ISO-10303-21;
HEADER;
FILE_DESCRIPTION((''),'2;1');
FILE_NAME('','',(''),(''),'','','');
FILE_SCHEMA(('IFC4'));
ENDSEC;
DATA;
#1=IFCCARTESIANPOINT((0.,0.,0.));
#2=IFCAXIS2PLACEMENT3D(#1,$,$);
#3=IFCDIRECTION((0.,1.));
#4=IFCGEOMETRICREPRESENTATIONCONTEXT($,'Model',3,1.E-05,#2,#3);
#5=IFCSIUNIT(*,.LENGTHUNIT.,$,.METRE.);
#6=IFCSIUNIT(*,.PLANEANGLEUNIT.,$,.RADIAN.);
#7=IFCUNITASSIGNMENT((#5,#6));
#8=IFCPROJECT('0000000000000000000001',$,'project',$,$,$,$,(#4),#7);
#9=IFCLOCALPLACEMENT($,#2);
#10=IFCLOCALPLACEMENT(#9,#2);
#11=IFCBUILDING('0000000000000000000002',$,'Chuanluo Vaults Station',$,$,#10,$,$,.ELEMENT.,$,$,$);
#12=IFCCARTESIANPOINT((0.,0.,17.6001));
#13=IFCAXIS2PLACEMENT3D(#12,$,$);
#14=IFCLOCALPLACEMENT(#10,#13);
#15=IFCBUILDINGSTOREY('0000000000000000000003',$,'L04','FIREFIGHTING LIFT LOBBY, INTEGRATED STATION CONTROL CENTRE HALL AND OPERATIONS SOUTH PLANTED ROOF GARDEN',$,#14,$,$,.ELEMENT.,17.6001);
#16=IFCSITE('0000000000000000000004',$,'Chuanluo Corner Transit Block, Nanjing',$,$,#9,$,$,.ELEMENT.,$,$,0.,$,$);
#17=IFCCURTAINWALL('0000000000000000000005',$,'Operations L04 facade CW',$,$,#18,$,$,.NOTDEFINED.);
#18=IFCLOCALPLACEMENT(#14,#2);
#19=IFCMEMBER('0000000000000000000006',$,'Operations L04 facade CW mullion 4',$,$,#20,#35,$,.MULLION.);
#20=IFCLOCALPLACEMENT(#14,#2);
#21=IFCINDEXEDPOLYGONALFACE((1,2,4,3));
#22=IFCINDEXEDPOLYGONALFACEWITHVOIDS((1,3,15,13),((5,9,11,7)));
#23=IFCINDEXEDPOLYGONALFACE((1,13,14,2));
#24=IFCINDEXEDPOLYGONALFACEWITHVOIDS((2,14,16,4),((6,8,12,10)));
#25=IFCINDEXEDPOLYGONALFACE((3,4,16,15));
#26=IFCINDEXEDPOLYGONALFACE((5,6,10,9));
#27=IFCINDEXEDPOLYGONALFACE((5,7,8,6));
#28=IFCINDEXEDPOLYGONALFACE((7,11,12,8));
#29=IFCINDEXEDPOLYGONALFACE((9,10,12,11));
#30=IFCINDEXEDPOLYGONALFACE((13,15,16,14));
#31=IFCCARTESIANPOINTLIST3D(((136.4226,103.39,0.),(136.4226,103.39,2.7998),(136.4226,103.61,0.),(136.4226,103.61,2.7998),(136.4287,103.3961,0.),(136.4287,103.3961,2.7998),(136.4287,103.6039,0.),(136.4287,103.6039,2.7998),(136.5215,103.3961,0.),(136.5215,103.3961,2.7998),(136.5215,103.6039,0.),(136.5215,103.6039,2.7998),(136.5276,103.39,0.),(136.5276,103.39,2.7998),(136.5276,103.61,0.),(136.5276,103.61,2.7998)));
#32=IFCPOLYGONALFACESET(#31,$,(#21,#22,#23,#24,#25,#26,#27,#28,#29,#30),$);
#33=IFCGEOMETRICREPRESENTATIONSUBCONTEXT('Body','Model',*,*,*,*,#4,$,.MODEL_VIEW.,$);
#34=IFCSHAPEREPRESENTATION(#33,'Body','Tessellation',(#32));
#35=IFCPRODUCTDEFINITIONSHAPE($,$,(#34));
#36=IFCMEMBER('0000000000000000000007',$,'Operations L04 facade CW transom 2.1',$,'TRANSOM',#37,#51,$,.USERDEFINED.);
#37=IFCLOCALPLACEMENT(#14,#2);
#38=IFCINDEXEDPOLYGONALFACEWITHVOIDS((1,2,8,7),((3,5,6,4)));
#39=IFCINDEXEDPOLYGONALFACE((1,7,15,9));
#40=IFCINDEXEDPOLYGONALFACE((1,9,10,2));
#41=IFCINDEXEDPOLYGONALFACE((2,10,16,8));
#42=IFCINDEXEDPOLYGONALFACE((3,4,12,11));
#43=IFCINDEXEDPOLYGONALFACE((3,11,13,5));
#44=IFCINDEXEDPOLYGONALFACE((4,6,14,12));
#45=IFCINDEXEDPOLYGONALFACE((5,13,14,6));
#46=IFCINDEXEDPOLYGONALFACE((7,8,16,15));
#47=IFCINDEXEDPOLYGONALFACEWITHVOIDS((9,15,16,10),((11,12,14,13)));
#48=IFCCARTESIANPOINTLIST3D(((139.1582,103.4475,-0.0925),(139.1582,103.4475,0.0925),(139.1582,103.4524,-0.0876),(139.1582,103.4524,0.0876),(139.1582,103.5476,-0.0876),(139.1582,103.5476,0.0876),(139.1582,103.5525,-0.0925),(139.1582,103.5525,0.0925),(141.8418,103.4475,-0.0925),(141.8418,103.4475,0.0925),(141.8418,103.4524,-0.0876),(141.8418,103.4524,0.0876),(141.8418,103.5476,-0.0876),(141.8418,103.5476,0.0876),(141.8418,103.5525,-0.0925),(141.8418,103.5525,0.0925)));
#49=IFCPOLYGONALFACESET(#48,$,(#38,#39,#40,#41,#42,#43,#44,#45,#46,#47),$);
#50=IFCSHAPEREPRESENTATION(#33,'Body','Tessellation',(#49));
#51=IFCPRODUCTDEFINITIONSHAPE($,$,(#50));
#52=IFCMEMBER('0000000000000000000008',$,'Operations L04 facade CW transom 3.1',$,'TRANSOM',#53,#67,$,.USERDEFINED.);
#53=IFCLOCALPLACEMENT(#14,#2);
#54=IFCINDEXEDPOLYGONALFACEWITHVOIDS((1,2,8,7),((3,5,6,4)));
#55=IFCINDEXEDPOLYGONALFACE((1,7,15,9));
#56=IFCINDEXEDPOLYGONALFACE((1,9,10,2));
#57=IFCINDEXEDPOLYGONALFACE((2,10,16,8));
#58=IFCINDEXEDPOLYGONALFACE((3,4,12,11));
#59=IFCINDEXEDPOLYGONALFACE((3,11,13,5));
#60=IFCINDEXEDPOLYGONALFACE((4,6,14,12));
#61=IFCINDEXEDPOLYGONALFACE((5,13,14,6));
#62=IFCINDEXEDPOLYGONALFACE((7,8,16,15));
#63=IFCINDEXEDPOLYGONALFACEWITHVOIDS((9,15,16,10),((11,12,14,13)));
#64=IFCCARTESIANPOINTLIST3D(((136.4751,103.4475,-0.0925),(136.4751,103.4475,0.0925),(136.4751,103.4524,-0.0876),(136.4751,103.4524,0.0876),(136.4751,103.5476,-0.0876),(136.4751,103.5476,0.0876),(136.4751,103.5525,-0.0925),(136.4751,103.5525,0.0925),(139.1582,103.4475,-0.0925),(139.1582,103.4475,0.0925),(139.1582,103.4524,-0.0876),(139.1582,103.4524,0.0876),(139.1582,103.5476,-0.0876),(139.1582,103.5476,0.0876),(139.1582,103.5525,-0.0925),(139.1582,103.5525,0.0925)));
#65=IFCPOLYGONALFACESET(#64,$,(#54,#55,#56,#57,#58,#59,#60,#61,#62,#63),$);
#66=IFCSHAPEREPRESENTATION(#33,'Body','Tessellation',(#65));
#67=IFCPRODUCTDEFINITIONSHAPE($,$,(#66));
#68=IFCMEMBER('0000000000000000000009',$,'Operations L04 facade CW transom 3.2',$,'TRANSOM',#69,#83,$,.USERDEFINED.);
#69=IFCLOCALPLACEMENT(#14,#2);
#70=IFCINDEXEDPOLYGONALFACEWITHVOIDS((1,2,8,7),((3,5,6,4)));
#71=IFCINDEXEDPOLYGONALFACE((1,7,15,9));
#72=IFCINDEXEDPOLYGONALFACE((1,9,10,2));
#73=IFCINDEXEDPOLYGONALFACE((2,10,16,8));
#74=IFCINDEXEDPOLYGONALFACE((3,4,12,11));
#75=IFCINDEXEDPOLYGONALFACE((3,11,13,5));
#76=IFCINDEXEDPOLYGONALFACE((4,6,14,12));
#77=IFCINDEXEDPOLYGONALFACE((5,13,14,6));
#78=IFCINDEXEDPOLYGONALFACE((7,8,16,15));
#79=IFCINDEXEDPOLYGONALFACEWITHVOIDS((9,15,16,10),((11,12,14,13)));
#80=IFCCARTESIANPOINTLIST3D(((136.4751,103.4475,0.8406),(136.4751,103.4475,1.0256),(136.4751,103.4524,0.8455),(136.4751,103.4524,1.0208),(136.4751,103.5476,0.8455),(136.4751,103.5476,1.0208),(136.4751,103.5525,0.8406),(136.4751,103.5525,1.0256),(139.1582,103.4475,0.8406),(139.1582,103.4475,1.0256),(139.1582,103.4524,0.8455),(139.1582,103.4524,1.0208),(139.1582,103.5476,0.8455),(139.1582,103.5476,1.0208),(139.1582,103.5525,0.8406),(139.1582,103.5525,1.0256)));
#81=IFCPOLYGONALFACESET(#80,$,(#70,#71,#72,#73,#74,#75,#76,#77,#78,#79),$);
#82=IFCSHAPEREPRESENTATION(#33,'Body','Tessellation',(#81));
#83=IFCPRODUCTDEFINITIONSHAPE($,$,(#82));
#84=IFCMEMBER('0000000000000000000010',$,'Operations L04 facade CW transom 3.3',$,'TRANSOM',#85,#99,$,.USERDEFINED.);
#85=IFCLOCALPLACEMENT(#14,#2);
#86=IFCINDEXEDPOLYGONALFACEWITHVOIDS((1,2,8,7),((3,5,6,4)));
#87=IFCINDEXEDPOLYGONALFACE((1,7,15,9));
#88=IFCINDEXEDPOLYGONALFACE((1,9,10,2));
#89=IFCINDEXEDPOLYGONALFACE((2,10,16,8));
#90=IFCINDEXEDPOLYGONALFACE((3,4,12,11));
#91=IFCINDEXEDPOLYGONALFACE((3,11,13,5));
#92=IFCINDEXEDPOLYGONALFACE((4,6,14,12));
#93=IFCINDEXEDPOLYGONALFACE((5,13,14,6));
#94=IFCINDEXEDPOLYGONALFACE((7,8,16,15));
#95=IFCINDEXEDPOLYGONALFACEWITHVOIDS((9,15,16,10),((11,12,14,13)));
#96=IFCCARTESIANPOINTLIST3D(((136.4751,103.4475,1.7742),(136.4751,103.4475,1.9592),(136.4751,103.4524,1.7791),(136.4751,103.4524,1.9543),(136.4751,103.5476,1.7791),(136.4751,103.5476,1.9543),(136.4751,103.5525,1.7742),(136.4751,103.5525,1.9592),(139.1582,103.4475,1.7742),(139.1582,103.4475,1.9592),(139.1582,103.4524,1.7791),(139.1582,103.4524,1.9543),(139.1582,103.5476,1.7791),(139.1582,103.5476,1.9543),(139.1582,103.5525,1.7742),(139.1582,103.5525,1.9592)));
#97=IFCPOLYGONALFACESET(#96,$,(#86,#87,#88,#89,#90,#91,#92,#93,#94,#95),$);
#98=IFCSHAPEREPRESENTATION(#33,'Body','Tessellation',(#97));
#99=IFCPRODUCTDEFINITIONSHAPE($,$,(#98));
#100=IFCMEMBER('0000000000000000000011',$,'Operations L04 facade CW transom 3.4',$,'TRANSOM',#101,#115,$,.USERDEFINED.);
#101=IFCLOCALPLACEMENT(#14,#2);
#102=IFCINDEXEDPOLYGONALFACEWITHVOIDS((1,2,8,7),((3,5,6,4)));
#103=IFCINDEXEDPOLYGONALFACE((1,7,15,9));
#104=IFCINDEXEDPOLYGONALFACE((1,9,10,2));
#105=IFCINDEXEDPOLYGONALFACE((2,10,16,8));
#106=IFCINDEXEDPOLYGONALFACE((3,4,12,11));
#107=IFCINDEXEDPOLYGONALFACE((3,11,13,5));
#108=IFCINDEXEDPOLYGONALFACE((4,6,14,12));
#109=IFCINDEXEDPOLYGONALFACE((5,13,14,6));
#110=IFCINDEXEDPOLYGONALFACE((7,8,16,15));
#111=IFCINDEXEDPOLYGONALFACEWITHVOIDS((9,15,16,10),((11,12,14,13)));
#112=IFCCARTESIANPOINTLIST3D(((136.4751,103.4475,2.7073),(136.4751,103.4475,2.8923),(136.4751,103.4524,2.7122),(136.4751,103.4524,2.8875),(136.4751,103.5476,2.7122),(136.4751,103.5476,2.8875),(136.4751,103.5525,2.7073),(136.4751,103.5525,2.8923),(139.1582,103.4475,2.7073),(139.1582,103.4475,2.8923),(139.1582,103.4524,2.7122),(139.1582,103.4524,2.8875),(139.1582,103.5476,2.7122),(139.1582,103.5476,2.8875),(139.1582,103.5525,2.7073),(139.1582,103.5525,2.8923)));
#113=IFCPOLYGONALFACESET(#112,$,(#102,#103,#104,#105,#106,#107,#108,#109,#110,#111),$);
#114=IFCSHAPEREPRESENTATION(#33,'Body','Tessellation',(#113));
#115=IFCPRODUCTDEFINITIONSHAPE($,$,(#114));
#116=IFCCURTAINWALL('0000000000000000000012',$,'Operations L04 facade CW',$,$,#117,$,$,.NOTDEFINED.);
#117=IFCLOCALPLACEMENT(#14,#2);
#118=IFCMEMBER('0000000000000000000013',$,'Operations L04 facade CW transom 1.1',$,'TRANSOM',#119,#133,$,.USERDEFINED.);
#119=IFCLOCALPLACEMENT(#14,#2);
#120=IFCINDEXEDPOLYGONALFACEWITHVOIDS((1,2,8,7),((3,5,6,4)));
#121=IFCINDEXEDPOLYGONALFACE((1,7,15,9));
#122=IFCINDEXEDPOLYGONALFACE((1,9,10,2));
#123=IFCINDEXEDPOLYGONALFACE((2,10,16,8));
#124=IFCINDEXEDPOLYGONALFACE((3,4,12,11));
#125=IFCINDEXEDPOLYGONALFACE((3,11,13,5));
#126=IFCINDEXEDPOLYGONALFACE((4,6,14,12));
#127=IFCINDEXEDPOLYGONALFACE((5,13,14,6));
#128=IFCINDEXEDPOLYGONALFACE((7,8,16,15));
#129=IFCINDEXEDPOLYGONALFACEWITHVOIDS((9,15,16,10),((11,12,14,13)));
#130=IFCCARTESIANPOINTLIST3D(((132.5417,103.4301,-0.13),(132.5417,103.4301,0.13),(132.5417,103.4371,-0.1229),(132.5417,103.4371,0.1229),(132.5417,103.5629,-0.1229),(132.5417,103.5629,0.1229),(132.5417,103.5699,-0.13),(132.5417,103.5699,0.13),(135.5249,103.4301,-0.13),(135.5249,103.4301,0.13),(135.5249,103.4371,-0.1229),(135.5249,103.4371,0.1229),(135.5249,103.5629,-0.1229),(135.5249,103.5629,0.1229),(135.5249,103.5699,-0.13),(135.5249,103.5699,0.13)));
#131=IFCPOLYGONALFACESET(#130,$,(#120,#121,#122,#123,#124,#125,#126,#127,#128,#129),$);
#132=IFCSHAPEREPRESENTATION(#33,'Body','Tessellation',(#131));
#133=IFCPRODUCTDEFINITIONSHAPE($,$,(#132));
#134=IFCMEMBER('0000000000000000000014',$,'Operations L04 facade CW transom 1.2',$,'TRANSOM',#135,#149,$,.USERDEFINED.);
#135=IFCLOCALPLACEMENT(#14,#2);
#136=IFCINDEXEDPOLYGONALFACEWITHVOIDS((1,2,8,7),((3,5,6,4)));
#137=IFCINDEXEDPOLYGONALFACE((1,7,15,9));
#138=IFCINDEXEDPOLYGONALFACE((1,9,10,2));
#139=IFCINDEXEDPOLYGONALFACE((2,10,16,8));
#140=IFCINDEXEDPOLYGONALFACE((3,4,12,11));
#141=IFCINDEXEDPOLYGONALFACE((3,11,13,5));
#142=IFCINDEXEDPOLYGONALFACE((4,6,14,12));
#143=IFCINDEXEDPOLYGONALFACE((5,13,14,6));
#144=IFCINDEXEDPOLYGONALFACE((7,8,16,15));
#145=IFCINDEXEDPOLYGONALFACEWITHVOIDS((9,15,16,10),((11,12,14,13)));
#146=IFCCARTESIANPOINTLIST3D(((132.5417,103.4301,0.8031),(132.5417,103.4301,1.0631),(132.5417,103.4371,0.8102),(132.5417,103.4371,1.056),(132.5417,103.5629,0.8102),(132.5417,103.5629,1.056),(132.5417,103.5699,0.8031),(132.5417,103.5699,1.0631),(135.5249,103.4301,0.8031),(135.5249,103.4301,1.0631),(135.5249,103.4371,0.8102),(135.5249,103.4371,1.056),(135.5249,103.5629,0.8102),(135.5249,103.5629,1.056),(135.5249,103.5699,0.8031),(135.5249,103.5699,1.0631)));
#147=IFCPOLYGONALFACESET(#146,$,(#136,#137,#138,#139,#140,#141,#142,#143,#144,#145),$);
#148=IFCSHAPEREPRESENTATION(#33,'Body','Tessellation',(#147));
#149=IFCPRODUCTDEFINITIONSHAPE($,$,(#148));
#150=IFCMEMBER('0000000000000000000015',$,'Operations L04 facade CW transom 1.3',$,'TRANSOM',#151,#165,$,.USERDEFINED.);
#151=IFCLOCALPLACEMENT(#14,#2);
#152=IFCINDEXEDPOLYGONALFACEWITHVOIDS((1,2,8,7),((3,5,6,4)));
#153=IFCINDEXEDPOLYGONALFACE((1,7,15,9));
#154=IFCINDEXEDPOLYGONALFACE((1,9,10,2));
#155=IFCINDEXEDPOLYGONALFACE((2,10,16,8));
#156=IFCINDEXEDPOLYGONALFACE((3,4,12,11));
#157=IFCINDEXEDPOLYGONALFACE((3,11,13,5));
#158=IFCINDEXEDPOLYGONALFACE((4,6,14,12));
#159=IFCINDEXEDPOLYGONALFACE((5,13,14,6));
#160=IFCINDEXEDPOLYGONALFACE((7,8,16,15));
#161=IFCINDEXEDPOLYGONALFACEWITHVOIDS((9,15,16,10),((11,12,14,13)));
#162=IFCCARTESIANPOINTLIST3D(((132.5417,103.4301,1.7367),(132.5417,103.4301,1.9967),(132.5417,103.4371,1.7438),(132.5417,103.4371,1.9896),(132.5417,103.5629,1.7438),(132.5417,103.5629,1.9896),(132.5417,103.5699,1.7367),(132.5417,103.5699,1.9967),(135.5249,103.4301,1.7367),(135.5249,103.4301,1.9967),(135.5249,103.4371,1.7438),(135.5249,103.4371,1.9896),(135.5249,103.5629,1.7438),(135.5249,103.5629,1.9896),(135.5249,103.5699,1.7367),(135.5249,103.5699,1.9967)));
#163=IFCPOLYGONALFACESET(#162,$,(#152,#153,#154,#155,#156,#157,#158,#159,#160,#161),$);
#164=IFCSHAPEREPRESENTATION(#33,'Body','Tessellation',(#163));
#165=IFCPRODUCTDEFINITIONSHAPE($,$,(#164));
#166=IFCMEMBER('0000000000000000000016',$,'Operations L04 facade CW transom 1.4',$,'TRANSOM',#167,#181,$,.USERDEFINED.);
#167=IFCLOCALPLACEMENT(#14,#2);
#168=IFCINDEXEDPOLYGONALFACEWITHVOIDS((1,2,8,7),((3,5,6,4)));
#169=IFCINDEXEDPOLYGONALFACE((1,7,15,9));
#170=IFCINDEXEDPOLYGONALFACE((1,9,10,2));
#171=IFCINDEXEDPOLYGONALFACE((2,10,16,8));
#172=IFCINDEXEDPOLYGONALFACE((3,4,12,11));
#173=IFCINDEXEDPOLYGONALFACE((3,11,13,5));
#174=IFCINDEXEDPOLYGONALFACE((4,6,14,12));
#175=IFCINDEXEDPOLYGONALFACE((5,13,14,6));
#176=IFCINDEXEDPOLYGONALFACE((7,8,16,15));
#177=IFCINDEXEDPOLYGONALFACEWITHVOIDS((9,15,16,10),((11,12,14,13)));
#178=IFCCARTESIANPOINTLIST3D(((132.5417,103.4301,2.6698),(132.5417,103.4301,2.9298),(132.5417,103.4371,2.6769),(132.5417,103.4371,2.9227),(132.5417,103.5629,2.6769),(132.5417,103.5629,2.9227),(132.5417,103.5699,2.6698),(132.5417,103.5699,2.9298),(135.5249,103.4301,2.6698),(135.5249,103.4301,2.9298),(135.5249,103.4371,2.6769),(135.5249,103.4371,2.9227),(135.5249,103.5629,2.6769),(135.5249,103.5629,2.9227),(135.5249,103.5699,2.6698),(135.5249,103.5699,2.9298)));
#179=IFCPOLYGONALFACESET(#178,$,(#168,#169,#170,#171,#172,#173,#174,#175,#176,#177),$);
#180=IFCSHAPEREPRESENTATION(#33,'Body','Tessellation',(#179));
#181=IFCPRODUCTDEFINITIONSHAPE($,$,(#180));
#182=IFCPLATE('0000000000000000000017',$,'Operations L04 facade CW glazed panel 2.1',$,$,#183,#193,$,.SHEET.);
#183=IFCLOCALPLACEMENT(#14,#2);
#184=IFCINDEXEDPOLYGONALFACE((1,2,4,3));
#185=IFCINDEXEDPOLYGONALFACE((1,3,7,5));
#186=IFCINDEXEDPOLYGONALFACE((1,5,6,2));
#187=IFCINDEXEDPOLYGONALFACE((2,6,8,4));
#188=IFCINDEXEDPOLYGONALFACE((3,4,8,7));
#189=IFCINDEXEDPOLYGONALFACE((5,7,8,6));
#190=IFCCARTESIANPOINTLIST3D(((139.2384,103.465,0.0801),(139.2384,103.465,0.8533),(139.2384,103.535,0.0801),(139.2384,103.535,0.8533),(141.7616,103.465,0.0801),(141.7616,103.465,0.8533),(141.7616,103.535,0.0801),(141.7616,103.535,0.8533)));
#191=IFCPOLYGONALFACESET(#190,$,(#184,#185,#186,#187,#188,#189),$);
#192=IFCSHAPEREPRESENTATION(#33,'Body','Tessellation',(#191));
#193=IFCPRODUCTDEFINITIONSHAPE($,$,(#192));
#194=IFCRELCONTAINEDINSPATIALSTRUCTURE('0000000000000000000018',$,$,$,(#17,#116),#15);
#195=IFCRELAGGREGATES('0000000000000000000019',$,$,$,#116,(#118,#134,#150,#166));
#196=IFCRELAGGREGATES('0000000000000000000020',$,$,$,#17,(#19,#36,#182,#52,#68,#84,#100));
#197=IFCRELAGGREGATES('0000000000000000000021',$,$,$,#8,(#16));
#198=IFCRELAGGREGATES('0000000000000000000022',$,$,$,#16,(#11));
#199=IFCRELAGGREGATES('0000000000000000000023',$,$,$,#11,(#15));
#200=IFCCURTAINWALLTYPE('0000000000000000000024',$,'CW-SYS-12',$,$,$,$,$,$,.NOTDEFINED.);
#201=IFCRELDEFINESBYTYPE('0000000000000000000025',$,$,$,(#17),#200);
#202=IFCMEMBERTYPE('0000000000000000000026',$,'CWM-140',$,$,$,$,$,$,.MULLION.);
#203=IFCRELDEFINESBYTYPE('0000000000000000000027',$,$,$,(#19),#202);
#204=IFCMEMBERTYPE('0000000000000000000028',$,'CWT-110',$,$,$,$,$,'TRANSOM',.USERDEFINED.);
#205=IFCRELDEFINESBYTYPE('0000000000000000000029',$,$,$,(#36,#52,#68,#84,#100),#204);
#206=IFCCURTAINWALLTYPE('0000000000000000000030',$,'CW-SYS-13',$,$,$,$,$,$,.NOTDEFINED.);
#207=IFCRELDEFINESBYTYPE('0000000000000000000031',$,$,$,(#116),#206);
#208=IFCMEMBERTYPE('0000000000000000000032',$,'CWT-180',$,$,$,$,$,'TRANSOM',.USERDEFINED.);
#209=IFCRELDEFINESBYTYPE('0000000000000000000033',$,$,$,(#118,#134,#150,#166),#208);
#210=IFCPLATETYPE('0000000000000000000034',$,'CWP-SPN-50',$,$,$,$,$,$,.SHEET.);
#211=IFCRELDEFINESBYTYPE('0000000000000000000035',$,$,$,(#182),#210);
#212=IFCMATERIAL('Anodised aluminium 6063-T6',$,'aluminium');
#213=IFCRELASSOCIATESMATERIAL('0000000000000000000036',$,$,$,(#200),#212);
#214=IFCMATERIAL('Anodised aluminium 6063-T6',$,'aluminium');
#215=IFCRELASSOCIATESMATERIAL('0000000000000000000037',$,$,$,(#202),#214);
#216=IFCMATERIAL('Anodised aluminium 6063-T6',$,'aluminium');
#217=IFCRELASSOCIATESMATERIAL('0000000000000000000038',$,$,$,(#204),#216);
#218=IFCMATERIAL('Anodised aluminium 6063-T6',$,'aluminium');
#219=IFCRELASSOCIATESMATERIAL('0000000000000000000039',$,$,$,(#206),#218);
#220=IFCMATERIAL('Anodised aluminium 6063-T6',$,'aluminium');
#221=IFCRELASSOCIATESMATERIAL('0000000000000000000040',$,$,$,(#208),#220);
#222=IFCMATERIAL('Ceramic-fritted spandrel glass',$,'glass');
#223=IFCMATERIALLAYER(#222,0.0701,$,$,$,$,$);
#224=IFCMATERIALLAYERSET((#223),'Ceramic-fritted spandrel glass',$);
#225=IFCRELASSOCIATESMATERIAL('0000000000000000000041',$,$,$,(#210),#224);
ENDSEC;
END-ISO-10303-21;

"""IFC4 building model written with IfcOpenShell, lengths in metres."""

from ifc_helpers import new_model, si_unit, direction, frame, origin, origin_2d, place, context, subcontext, project, spatial, rectangle, hollow_rectangle, extrude, material, layer, layer_set, material_profile, profile_set, type_object, element, aggregate, save


model = new_model("IFC4")

# Units and contexts
model_context = context("Model", 3, precision=1e-05, world=origin(), true_north=direction((0.0, 1.0)))
body_context = subcontext(model_context, "Body", "Model", "MODEL_VIEW")
ifc_project = project(units=[si_unit("LENGTHUNIT", "METRE"), si_unit("PLANEANGLEUNIT", "RADIAN")], contexts=[model_context])

# Site, building, storey
site_placement = place(None, origin())
site = spatial("IfcSite", under=ifc_project, at=site_placement, Name="Chuanluo Corner Transit Block, Nanjing", CompositionType="ELEMENT", RefElevation=0.0)
building_placement = place(site_placement, origin())
building = spatial("IfcBuilding", under=site, at=building_placement, Name="Chuanluo Vaults Station", CompositionType="ELEMENT")
storey_placement = place(building_placement, frame((0.0, 0.0, 17.6001)))
storey = spatial("IfcBuildingStorey", under=building, at=storey_placement, Name="L04", Description="FIREFIGHTING LIFT LOBBY, INTEGRATED STATION CONTROL CENTRE HALL AND OPERATIONS SOUTH PLANTED ROOF GARDEN", CompositionType="ELEMENT", Elevation=17.6001)

# Curtain walls, members
ifc_material_1 = material(Name="Anodised aluminium 6063-T6", Category="aluminium")
curtain_wall_type_1 = type_object("IfcCurtainWallType", Name="CW-SYS-12", PredefinedType="NOTDEFINED", material=ifc_material_1)
curtain_wall_1_placement = place(storey_placement, origin())
curtain_wall_1 = element("IfcCurtainWall", 1, at=curtain_wall_1_placement, inside=storey, type_object=curtain_wall_type_1, Name="Operations L04 facade CW", PredefinedType="NOTDEFINED")
ifc_material_2 = material(Name="Anodised aluminium 6063-T6", Category="aluminium")
ifc_material_profile_1 = material_profile(ifc_material_2, hollow_rectangle(XDim=0.105, YDim=0.22, WallThickness=0.0061, at=origin_2d()))
ifc_profile_set_1 = profile_set([ifc_material_profile_1], Name="Anodised aluminium 6063-T6")
member_type_1 = type_object("IfcMemberType", Name="CWM-140", PredefinedType="MULLION", material=ifc_profile_set_1)
member_1_placement = place(storey_placement, frame((136.4751, 103.5, 0.0), z_axis=(0.0, 0.0, 1.0), x_axis=(-1.0, 0.0, 0.0)))
member_1 = element("IfcMember", 2, at=member_1_placement, type_object=member_type_1, Name="Operations L04 facade CW mullion 4", PredefinedType="MULLION", context=body_context, shape_type="SweptSolid", body=[
    extrude(hollow_rectangle(XDim=0.105, YDim=0.22, WallThickness=0.0061, at=origin_2d()), origin(), (0.0, 0.0, 1.0), 2.7998),
])
ifc_material_3 = material(Name="Anodised aluminium 6063-T6", Category="aluminium")
ifc_material_profile_2 = material_profile(ifc_material_3, hollow_rectangle(XDim=0.105, YDim=0.1851, WallThickness=0.0049, at=origin_2d()))
ifc_profile_set_2 = profile_set([ifc_material_profile_2], Name="Anodised aluminium 6063-T6")
member_type_2 = type_object("IfcMemberType", Name="CWT-110", ElementType="TRANSOM", PredefinedType="USERDEFINED", material=ifc_profile_set_2)
member_2_placement = place(storey_placement, frame((141.8418, 103.5, 0.0), z_axis=(-1.0, 0.0, 0.0), x_axis=(0.0, -1.0, 0.0)))
member_2 = element("IfcMember", 3, at=member_2_placement, type_object=member_type_2, Name="Operations L04 facade CW transom 2.1", ObjectType="TRANSOM", PredefinedType="USERDEFINED", context=body_context, shape_type="SweptSolid", body=[
    extrude(hollow_rectangle(XDim=0.105, YDim=0.1851, WallThickness=0.0049, at=origin_2d()), origin(), (0.0, 0.0, 1.0), 2.6836),
])
member_3_placement = place(storey_placement, frame((139.1582, 103.5, 0.0), z_axis=(-1.0, 0.0, 0.0), x_axis=(0.0, -1.0, 0.0)))
member_3 = element("IfcMember", 4, at=member_3_placement, type_object=member_type_2, Name="Operations L04 facade CW transom 3.1", ObjectType="TRANSOM", PredefinedType="USERDEFINED", context=body_context, shape_type="SweptSolid", body=[
    extrude(hollow_rectangle(XDim=0.105, YDim=0.1851, WallThickness=0.0049, at=origin_2d()), origin(), (0.0, 0.0, 1.0), 2.6831),
])
member_4_placement = place(storey_placement, frame((139.1582, 103.5, 0.9331), z_axis=(-1.0, 0.0, 0.0), x_axis=(0.0, -1.0, 0.0)))
member_4 = element("IfcMember", 5, at=member_4_placement, type_object=member_type_2, Name="Operations L04 facade CW transom 3.2", ObjectType="TRANSOM", PredefinedType="USERDEFINED", context=body_context, shape_type="SweptSolid", body=[
    extrude(hollow_rectangle(XDim=0.105, YDim=0.1851, WallThickness=0.0049, at=origin_2d()), origin(), (0.0, 0.0, 1.0), 2.6831),
])
member_5_placement = place(storey_placement, frame((139.1582, 103.5, 1.8667), z_axis=(-1.0, 0.0, 0.0), x_axis=(0.0, -1.0, 0.0)))
member_5 = element("IfcMember", 6, at=member_5_placement, type_object=member_type_2, Name="Operations L04 facade CW transom 3.3", ObjectType="TRANSOM", PredefinedType="USERDEFINED", context=body_context, shape_type="SweptSolid", body=[
    extrude(hollow_rectangle(XDim=0.105, YDim=0.1851, WallThickness=0.0049, at=origin_2d()), origin(), (0.0, 0.0, 1.0), 2.6831),
])
member_6_placement = place(storey_placement, frame((139.1582, 103.5, 2.7998), z_axis=(-1.0, 0.0, 0.0), x_axis=(0.0, -1.0, 0.0)))
member_6 = element("IfcMember", 7, at=member_6_placement, type_object=member_type_2, Name="Operations L04 facade CW transom 3.4", ObjectType="TRANSOM", PredefinedType="USERDEFINED", context=body_context, shape_type="SweptSolid", body=[
    extrude(hollow_rectangle(XDim=0.105, YDim=0.1851, WallThickness=0.0049, at=origin_2d()), origin(), (0.0, 0.0, 1.0), 2.6831),
])
ifc_material_4 = material(Name="Anodised aluminium 6063-T6", Category="aluminium")
curtain_wall_type_2 = type_object("IfcCurtainWallType", Name="CW-SYS-13", PredefinedType="NOTDEFINED", material=ifc_material_4)
curtain_wall_2_placement = place(storey_placement, origin())
curtain_wall_2 = element("IfcCurtainWall", 8, at=curtain_wall_2_placement, inside=storey, type_object=curtain_wall_type_2, Name="Operations L04 facade CW", PredefinedType="NOTDEFINED")
ifc_material_5 = material(Name="Anodised aluminium 6063-T6", Category="aluminium")
ifc_material_profile_3 = material_profile(ifc_material_5, hollow_rectangle(XDim=0.1399, YDim=0.26, WallThickness=0.0071, at=origin_2d()))
ifc_profile_set_3 = profile_set([ifc_material_profile_3], Name="Anodised aluminium 6063-T6")
member_type_3 = type_object("IfcMemberType", Name="CWT-180", ElementType="TRANSOM", PredefinedType="USERDEFINED", material=ifc_profile_set_3)
member_7_placement = place(storey_placement, frame((135.5249, 103.5, 0.0), z_axis=(-1.0, 0.0, 0.0), x_axis=(0.0, -1.0, 0.0)))
member_7 = element("IfcMember", 9, at=member_7_placement, type_object=member_type_3, Name="Operations L04 facade CW transom 1.1", ObjectType="TRANSOM", PredefinedType="USERDEFINED", context=body_context, shape_type="SweptSolid", body=[
    extrude(hollow_rectangle(XDim=0.1399, YDim=0.26, WallThickness=0.0071, at=origin_2d()), origin(), (0.0, 0.0, 1.0), 2.9832),
])
member_8_placement = place(storey_placement, frame((135.5249, 103.5, 0.9331), z_axis=(-1.0, 0.0, 0.0), x_axis=(0.0, -1.0, 0.0)))
member_8 = element("IfcMember", 10, at=member_8_placement, type_object=member_type_3, Name="Operations L04 facade CW transom 1.2", ObjectType="TRANSOM", PredefinedType="USERDEFINED", context=body_context, shape_type="SweptSolid", body=[
    extrude(hollow_rectangle(XDim=0.1399, YDim=0.26, WallThickness=0.0071, at=origin_2d()), origin(), (0.0, 0.0, 1.0), 2.9832),
])
member_9_placement = place(storey_placement, frame((135.5249, 103.5, 1.8667), z_axis=(-1.0, 0.0, 0.0), x_axis=(0.0, -1.0, 0.0)))
member_9 = element("IfcMember", 11, at=member_9_placement, type_object=member_type_3, Name="Operations L04 facade CW transom 1.3", ObjectType="TRANSOM", PredefinedType="USERDEFINED", context=body_context, shape_type="SweptSolid", body=[
    extrude(hollow_rectangle(XDim=0.1399, YDim=0.26, WallThickness=0.0071, at=origin_2d()), origin(), (0.0, 0.0, 1.0), 2.9832),
])
member_10_placement = place(storey_placement, frame((135.5249, 103.5, 2.7998), z_axis=(-1.0, 0.0, 0.0), x_axis=(0.0, -1.0, 0.0)))
member_10 = element("IfcMember", 12, at=member_10_placement, type_object=member_type_3, Name="Operations L04 facade CW transom 1.4", ObjectType="TRANSOM", PredefinedType="USERDEFINED", context=body_context, shape_type="SweptSolid", body=[
    extrude(hollow_rectangle(XDim=0.1399, YDim=0.26, WallThickness=0.0071, at=origin_2d()), origin(), (0.0, 0.0, 1.0), 2.9832),
])
aggregate(curtain_wall_2, [member_7, member_8, member_9, member_10])

# Plate
ifc_material_6 = material(Name="Ceramic-fritted spandrel glass", Category="glass")
ifc_layer_1 = layer(ifc_material_6, 0.0701)
ifc_layer_set_1 = layer_set([ifc_layer_1], Name="Ceramic-fritted spandrel glass")
plate_type_1 = type_object("IfcPlateType", Name="CWP-SPN-50", PredefinedType="SHEET", material=ifc_layer_set_1)
plate_1_placement = place(storey_placement, frame((140.5, 103.5, 0.0801), z_axis=(0.0, 0.0, 1.0), x_axis=(-1.0, 0.0, 0.0)))
plate_1 = element("IfcPlate", 13, at=plate_1_placement, type_object=plate_type_1, Name="Operations L04 facade CW glazed panel 2.1", PredefinedType="SHEET", context=body_context, shape_type="SweptSolid", body=[
    extrude(rectangle(XDim=2.5232, YDim=0.0701, at=origin_2d()), origin(), (0.0, 0.0, 1.0), 0.7732),
])
aggregate(curtain_wall_1, [member_1, member_2, plate_1, member_3, member_4, member_5, member_6])

save(model, "model.ifc")
